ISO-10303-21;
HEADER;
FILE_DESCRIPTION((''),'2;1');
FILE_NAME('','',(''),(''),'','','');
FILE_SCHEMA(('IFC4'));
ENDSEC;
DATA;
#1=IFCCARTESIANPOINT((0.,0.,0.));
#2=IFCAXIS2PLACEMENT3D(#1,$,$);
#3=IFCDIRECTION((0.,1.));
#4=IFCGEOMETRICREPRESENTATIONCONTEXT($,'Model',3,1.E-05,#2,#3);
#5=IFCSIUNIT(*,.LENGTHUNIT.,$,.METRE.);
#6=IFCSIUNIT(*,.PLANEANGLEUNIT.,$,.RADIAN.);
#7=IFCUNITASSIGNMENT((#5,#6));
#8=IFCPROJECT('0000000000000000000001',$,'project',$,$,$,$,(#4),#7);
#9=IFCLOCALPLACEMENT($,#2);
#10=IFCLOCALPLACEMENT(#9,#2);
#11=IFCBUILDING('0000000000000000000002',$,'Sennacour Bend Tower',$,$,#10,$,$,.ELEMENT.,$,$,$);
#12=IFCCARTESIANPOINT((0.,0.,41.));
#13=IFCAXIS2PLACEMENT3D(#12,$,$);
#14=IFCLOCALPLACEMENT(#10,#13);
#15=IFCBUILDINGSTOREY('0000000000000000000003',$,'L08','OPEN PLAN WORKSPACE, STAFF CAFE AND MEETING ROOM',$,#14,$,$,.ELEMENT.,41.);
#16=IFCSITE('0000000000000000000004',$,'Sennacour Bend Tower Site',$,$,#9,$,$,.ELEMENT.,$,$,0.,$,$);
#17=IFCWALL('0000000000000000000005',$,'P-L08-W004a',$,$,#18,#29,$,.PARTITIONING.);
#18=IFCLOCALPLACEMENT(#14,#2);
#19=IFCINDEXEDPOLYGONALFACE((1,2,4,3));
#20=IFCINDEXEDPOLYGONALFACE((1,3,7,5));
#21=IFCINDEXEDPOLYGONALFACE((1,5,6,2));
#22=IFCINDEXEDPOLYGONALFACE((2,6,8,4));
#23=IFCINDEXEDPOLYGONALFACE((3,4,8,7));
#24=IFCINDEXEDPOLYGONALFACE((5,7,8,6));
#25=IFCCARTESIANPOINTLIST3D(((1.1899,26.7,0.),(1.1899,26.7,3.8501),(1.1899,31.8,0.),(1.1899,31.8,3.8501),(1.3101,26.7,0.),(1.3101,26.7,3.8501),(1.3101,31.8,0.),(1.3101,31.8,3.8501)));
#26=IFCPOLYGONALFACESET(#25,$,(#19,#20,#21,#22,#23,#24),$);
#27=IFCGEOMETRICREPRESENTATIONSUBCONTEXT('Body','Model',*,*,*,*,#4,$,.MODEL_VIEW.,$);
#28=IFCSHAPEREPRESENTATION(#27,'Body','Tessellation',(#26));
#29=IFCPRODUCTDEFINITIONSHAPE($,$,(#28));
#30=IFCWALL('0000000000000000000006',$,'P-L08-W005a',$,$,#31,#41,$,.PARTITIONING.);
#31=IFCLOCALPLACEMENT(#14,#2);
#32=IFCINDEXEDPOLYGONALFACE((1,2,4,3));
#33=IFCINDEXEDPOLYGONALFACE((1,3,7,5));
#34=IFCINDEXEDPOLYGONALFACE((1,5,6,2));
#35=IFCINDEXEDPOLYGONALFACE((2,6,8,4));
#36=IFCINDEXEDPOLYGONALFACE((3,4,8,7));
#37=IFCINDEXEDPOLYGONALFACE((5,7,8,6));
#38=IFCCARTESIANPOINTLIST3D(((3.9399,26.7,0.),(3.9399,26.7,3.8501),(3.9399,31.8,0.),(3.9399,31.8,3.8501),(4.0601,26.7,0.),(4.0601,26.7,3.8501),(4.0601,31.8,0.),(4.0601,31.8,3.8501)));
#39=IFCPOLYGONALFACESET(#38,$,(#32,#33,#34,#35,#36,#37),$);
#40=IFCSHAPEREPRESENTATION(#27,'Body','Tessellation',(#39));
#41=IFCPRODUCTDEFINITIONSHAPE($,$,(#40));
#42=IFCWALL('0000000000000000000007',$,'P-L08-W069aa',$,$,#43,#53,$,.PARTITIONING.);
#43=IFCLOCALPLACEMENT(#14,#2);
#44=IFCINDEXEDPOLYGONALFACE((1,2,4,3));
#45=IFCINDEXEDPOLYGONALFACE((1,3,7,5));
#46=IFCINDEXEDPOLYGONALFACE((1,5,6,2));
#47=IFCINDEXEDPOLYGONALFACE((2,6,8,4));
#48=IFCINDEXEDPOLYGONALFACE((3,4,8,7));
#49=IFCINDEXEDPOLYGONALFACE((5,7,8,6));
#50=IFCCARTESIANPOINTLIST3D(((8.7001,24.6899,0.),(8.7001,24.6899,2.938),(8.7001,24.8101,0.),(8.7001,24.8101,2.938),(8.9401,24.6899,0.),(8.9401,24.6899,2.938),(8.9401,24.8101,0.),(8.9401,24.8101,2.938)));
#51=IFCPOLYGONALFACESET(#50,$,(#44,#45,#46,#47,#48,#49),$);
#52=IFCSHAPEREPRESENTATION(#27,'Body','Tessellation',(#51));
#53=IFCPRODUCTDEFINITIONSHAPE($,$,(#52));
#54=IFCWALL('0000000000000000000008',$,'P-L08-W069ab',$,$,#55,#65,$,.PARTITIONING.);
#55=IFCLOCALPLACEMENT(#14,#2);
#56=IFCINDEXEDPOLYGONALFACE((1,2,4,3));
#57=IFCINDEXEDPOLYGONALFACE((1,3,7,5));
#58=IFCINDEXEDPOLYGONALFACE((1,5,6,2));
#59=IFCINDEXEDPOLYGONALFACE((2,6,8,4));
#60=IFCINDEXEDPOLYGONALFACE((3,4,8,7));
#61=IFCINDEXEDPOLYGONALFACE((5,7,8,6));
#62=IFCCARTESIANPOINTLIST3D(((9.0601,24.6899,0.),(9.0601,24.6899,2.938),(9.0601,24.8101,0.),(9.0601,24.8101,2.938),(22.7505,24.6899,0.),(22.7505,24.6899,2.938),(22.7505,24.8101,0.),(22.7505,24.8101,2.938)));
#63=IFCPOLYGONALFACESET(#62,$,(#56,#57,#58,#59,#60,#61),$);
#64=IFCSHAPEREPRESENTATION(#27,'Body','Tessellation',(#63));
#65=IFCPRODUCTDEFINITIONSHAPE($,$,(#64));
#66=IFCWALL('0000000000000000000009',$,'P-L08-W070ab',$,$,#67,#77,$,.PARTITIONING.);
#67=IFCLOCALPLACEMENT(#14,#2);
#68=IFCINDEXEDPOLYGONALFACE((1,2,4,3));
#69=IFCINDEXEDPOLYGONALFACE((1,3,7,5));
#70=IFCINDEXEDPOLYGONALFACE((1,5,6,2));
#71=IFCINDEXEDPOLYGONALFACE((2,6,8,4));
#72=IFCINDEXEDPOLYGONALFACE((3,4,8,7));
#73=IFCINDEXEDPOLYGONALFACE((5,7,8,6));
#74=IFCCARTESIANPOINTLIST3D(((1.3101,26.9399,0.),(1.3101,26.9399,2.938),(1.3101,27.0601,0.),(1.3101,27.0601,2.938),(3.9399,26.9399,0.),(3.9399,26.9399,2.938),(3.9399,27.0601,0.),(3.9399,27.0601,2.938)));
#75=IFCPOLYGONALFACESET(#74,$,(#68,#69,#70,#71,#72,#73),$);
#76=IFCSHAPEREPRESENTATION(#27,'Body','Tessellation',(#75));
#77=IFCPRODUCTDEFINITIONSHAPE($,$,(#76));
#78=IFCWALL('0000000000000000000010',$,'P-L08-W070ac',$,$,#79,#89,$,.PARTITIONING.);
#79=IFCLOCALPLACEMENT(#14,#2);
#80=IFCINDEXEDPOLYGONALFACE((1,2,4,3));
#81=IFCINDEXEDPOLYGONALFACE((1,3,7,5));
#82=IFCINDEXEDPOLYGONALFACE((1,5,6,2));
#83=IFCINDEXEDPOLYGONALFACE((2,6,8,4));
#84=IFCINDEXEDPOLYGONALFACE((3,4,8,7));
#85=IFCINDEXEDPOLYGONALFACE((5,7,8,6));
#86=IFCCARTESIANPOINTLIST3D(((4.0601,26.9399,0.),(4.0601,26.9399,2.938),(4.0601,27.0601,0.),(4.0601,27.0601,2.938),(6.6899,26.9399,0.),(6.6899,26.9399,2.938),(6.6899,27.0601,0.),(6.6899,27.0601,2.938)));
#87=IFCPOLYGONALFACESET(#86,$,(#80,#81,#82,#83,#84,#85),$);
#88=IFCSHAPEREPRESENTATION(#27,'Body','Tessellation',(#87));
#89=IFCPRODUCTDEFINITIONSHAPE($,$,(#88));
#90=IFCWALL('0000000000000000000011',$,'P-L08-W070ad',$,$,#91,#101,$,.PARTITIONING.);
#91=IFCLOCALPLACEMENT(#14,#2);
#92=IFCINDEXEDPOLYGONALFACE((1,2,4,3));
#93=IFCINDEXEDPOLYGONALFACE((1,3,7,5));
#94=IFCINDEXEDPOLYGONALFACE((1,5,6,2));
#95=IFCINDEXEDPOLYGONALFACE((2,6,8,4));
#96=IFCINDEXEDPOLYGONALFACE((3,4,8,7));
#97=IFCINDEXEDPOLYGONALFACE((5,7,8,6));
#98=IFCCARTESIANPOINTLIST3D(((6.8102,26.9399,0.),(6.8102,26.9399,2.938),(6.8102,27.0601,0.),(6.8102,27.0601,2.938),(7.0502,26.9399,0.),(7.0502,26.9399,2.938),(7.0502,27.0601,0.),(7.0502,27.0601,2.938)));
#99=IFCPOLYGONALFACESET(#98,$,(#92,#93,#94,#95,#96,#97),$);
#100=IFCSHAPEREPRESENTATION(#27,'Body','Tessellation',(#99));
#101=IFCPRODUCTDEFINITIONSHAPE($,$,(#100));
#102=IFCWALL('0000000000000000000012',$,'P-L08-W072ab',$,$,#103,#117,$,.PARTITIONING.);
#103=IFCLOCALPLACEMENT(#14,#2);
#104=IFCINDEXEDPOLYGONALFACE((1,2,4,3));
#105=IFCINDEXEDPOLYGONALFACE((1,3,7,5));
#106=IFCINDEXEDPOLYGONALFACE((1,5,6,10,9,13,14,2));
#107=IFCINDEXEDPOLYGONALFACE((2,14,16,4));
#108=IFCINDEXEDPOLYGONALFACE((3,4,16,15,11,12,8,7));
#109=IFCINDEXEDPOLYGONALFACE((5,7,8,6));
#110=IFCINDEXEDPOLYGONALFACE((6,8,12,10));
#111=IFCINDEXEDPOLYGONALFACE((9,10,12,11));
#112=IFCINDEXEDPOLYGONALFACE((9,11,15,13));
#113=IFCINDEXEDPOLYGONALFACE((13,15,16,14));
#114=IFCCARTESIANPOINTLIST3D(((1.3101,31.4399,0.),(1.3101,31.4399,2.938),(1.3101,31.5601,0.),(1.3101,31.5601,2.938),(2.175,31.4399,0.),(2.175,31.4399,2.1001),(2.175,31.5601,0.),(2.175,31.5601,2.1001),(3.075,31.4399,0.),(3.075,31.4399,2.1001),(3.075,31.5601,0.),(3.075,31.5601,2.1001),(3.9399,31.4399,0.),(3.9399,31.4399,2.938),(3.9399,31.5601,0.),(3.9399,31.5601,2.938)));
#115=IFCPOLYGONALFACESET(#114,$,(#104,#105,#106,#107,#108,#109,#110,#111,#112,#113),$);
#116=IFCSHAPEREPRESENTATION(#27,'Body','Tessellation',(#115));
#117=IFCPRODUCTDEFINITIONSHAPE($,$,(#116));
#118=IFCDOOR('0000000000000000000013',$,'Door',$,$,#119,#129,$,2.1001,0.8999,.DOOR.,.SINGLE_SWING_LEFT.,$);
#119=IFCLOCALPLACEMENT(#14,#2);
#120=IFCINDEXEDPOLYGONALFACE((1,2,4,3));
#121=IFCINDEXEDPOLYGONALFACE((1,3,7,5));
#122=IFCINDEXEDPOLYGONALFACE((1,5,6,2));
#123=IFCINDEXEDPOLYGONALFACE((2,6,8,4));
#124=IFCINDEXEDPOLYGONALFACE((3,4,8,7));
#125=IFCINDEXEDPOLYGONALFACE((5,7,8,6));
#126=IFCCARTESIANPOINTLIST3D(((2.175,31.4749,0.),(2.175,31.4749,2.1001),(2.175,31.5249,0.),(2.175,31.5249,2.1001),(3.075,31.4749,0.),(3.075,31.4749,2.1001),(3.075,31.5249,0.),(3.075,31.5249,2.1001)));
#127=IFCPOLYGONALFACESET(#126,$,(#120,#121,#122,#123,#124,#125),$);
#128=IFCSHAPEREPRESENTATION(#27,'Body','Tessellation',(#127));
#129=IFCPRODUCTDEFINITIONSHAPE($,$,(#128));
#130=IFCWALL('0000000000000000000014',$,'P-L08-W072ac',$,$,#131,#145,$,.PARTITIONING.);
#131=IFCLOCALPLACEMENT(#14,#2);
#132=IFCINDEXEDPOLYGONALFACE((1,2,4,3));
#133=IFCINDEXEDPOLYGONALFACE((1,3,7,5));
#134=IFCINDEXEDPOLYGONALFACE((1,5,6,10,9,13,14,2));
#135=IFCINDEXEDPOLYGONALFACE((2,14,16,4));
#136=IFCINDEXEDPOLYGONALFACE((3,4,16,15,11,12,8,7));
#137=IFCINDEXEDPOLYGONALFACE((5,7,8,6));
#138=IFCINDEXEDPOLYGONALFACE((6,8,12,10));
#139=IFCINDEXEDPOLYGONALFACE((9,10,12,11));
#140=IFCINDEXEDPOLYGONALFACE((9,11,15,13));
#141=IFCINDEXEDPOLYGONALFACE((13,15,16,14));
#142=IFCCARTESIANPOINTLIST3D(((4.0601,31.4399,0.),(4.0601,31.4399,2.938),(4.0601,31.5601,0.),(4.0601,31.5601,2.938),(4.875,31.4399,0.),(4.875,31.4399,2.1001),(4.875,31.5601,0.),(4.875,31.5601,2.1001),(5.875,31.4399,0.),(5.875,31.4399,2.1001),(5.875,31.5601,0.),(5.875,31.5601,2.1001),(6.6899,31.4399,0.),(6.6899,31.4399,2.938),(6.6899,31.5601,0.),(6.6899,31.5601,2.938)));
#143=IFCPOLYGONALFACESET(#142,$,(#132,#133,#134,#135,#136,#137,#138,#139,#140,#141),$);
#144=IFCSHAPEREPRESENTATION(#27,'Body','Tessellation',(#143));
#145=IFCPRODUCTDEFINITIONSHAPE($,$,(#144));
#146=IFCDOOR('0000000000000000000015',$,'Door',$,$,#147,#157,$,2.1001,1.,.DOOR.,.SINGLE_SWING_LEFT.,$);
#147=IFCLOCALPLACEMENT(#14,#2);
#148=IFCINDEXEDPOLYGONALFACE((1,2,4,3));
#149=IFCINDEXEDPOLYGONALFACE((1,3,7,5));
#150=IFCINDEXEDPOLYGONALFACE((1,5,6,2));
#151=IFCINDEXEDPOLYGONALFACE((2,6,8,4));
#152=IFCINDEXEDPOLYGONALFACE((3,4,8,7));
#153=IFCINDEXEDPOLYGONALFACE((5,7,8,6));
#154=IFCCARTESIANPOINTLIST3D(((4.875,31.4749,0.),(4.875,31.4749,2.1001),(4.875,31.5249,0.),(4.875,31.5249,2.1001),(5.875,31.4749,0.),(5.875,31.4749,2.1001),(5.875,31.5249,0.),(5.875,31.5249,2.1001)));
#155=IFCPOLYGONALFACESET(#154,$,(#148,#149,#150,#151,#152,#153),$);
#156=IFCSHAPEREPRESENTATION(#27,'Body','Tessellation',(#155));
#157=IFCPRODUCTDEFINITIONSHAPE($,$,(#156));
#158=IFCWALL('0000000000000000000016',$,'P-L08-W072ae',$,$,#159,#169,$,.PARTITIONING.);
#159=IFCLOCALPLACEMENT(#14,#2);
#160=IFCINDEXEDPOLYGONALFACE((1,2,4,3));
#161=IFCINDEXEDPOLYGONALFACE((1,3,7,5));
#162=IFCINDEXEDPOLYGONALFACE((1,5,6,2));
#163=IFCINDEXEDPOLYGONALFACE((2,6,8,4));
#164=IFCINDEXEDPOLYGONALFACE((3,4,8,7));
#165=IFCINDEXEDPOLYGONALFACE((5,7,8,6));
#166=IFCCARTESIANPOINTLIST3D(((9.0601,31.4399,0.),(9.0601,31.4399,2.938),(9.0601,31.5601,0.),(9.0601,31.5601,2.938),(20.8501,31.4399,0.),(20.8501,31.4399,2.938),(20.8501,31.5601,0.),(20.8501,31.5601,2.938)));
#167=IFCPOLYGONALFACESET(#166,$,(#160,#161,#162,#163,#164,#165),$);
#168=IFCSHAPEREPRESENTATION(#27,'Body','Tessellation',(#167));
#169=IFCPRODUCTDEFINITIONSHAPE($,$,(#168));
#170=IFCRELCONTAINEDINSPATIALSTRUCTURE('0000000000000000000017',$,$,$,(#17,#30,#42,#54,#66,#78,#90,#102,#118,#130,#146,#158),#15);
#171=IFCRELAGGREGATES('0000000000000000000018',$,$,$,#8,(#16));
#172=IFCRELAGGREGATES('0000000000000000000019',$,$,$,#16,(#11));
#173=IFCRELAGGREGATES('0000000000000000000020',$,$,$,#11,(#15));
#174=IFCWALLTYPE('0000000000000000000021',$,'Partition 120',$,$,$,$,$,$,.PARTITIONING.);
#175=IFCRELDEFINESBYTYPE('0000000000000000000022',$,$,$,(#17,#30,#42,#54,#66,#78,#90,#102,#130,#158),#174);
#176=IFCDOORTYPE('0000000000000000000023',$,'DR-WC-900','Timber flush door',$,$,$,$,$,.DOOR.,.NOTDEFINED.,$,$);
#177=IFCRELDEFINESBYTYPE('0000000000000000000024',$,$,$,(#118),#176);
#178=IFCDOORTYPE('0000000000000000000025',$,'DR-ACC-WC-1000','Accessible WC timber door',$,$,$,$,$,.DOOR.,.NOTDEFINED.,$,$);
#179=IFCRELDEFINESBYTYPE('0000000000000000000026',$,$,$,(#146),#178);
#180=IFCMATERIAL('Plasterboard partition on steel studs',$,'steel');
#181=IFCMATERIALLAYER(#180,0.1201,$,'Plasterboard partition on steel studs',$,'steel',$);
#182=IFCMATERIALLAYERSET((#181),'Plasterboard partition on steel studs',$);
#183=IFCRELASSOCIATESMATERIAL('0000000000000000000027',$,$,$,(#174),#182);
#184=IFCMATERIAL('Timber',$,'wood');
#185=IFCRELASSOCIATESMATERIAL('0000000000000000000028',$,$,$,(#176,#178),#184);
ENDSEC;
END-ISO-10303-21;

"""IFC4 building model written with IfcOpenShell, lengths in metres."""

from ifc_helpers import new_model, si_unit, direction, frame, frame_2d, origin, place, context, subcontext, project, spatial, rectangle, extrude, material, layer, layer_set, type_object, element, fill, save


model = new_model("IFC4")

# Units and contexts
model_context = context("Model", 3, precision=1e-05, world=origin(), true_north=direction((0.0, 1.0)))
body_context = subcontext(model_context, "Body", "Model", "MODEL_VIEW")
ifc_project = project(units=[si_unit("LENGTHUNIT", "METRE"), si_unit("PLANEANGLEUNIT", "RADIAN")], contexts=[model_context])

# Site, building, storey
site_placement = place(None, origin())
site = spatial("IfcSite", under=ifc_project, at=site_placement, Name="Sennacour Bend Tower Site", CompositionType="ELEMENT", RefElevation=0.0)
building_placement = place(site_placement, origin())
building = spatial("IfcBuilding", under=site, at=building_placement, Name="Sennacour Bend Tower", CompositionType="ELEMENT")
storey_placement = place(building_placement, frame((0.0, 0.0, 41.0)))
storey = spatial("IfcBuildingStorey", under=building, at=storey_placement, Name="L08", Description="OPEN PLAN WORKSPACE, STAFF CAFE AND MEETING ROOM", CompositionType="ELEMENT", Elevation=41.0)

# Walls
ifc_material_1 = material(Name="Plasterboard partition on steel studs", Category="steel")
ifc_layer_1 = layer(ifc_material_1, 0.1201, Name="Plasterboard partition on steel studs", Category="steel")
ifc_layer_set_1 = layer_set([ifc_layer_1], Name="Plasterboard partition on steel studs")
wall_type_1 = type_object("IfcWallType", Name="Partition 120", PredefinedType="PARTITIONING", material=ifc_layer_set_1)
for number, where, z_axis, x_axis, name in (
    (1, (1.25, 26.7, 0.0), (0.0, 0.0, 1.0), (0.0, 1.0, 0.0), "P-L08-W004a"),
    (2, (4.0, 26.7, 0.0), (0.0, 0.0, 1.0), (0.0, 1.0, 0.0), "P-L08-W005a"),
):
    element("IfcWall", number, at=place(storey_placement, frame(where, z_axis=z_axis, x_axis=x_axis)), inside=storey, type_object=wall_type_1, Name=name, PredefinedType="PARTITIONING", context=body_context, shape_type="SweptSolid", body=[
        extrude(rectangle(XDim=5.1001, YDim=0.1201, at=frame_2d((2.55, 0.0))), origin(), (0.0, 0.0, 1.0), 3.8501),
    ])
wall_1_placement = place(storey_placement, frame((8.7, 24.75, 0.0), z_axis=(0.0, 0.0, 1.0), x_axis=(1.0, 0.0, 0.0)))
element("IfcWall", 3, at=wall_1_placement, inside=storey, type_object=wall_type_1, Name="P-L08-W069aa", PredefinedType="PARTITIONING", context=body_context, shape_type="SweptSolid", body=[
    extrude(rectangle(XDim=0.24, YDim=0.1201, at=frame_2d((0.1201, 0.0))), origin(), (0.0, 0.0, 1.0), 2.938),
])
wall_2_placement = place(storey_placement, frame((9.0601, 24.75, 0.0), z_axis=(0.0, 0.0, 1.0), x_axis=(1.0, 0.0, 0.0)))
element("IfcWall", 4, at=wall_2_placement, inside=storey, type_object=wall_type_1, Name="P-L08-W069ab", PredefinedType="PARTITIONING", context=body_context, shape_type="SweptSolid", body=[
    extrude(rectangle(XDim=13.6904, YDim=0.1201, at=frame_2d((6.8452, 0.0))), origin(), (0.0, 0.0, 1.0), 2.938),
])
for number, where, z_axis, x_axis, name in (
    (5, (1.3101, 27.0, 0.0), (0.0, 0.0, 1.0), (1.0, 0.0, 0.0), "P-L08-W070ab"),
    (6, (4.0601, 27.0, 0.0), (0.0, 0.0, 1.0), (1.0, 0.0, 0.0), "P-L08-W070ac"),
):
    element("IfcWall", number, at=place(storey_placement, frame(where, z_axis=z_axis, x_axis=x_axis)), inside=storey, type_object=wall_type_1, Name=name, PredefinedType="PARTITIONING", context=body_context, shape_type="SweptSolid", body=[
        extrude(rectangle(XDim=2.6299, YDim=0.1201, at=frame_2d((1.3149, 0.0))), origin(), (0.0, 0.0, 1.0), 2.938),
    ])
wall_3_placement = place(storey_placement, frame((6.8101, 27.0, 0.0), z_axis=(0.0, 0.0, 1.0), x_axis=(1.0, 0.0, 0.0)))
element("IfcWall", 7, at=wall_3_placement, inside=storey, type_object=wall_type_1, Name="P-L08-W070ad", PredefinedType="PARTITIONING", context=body_context, shape_type="SweptSolid", body=[
    extrude(rectangle(XDim=0.24, YDim=0.1201, at=frame_2d((0.1201, 0.0))), origin(), (0.0, 0.0, 1.0), 2.938),
])

# Walls, openings, doors
wall_4_placement = place(storey_placement, frame((1.3101, 31.5, 0.0), z_axis=(0.0, 0.0, 1.0), x_axis=(1.0, 0.0, 0.0)))
wall_4 = element("IfcWall", 8, at=wall_4_placement, inside=storey, type_object=wall_type_1, Name="P-L08-W072ab", PredefinedType="PARTITIONING", context=body_context, shape_type="SweptSolid", body=[
    extrude(rectangle(XDim=2.6299, YDim=0.1201, at=frame_2d((1.3149, 0.0))), origin(), (0.0, 0.0, 1.0), 2.938),
])
opening_1_placement = place(wall_4_placement, frame((0.865, 0.0, 0.0)))
opening_1 = element("IfcOpeningElement", 9, at=opening_1_placement, cuts=wall_4, PredefinedType="OPENING", context=body_context, shape_type="SweptSolid", body=[
    extrude(rectangle(XDim=0.8999, YDim=2.1001, at=frame_2d((0.45, 1.05))), frame((0.0, 0.0701, 0.0), z_axis=(0.0, -1.0, 0.0), x_axis=(1.0, 0.0, 0.0)), (0.0, 0.0, 1.0), 0.1401),
])
ifc_material_2 = material(Name="Timber", Category="wood")
door_type_1 = type_object("IfcDoorType", Name="DR-WC-900", Description="Timber flush door", OperationType="NOTDEFINED", PredefinedType="DOOR", material=ifc_material_2)
door_1_placement = place(opening_1_placement, origin())
door_1 = element("IfcDoor", 10, at=door_1_placement, inside=storey, type_object=door_type_1, Name="Door", OperationType="SINGLE_SWING_LEFT", OverallHeight=2.1001, OverallWidth=0.8999, PredefinedType="DOOR", context=body_context, shape_type="SweptSolid", body=[
    extrude(rectangle(XDim=0.8999, YDim=2.1001, at=frame_2d((0.45, 1.05))), frame((0.0, 0.0249, 0.0), z_axis=(0.0, -1.0, 0.0), x_axis=(1.0, 0.0, 0.0)), (0.0, 0.0, 1.0), 0.05),
])
fill(opening_1, door_1)
wall_5_placement = place(storey_placement, frame((4.0601, 31.5, 0.0), z_axis=(0.0, 0.0, 1.0), x_axis=(1.0, 0.0, 0.0)))
wall_5 = element("IfcWall", 11, at=wall_5_placement, inside=storey, type_object=wall_type_1, Name="P-L08-W072ac", PredefinedType="PARTITIONING", context=body_context, shape_type="SweptSolid", body=[
    extrude(rectangle(XDim=2.6299, YDim=0.1201, at=frame_2d((1.3149, 0.0))), origin(), (0.0, 0.0, 1.0), 2.938),
])
opening_2_placement = place(wall_5_placement, frame((0.8149, 0.0, 0.0)))
opening_2 = element("IfcOpeningElement", 12, at=opening_2_placement, cuts=wall_5, PredefinedType="OPENING", context=body_context, shape_type="SweptSolid", body=[
    extrude(rectangle(XDim=1.0, YDim=2.1001, at=frame_2d((0.5, 1.05))), frame((0.0, 0.0701, 0.0), z_axis=(0.0, -1.0, 0.0), x_axis=(1.0, 0.0, 0.0)), (0.0, 0.0, 1.0), 0.1401),
])
door_type_2 = type_object("IfcDoorType", Name="DR-ACC-WC-1000", Description="Accessible WC timber door", OperationType="NOTDEFINED", PredefinedType="DOOR", material=ifc_material_2)
door_2_placement = place(opening_2_placement, origin())
door_2 = element("IfcDoor", 13, at=door_2_placement, inside=storey, type_object=door_type_2, Name="Door", OperationType="SINGLE_SWING_LEFT", OverallHeight=2.1001, OverallWidth=1.0, PredefinedType="DOOR", context=body_context, shape_type="SweptSolid", body=[
    extrude(rectangle(XDim=1.0, YDim=2.1001, at=frame_2d((0.5, 1.05))), frame((0.0, 0.0249, 0.0), z_axis=(0.0, -1.0, 0.0), x_axis=(1.0, 0.0, 0.0)), (0.0, 0.0, 1.0), 0.05),
])
fill(opening_2, door_2)

# Wall
wall_6_placement = place(storey_placement, frame((9.0601, 31.5, 0.0), z_axis=(0.0, 0.0, 1.0), x_axis=(1.0, 0.0, 0.0)))
element("IfcWall", 14, at=wall_6_placement, inside=storey, type_object=wall_type_1, Name="P-L08-W072ae", PredefinedType="PARTITIONING", context=body_context, shape_type="SweptSolid", body=[
    extrude(rectangle(XDim=11.79, YDim=0.1201, at=frame_2d((5.895, 0.0))), origin(), (0.0, 0.0, 1.0), 2.938),
])

save(model, "model.ifc")
